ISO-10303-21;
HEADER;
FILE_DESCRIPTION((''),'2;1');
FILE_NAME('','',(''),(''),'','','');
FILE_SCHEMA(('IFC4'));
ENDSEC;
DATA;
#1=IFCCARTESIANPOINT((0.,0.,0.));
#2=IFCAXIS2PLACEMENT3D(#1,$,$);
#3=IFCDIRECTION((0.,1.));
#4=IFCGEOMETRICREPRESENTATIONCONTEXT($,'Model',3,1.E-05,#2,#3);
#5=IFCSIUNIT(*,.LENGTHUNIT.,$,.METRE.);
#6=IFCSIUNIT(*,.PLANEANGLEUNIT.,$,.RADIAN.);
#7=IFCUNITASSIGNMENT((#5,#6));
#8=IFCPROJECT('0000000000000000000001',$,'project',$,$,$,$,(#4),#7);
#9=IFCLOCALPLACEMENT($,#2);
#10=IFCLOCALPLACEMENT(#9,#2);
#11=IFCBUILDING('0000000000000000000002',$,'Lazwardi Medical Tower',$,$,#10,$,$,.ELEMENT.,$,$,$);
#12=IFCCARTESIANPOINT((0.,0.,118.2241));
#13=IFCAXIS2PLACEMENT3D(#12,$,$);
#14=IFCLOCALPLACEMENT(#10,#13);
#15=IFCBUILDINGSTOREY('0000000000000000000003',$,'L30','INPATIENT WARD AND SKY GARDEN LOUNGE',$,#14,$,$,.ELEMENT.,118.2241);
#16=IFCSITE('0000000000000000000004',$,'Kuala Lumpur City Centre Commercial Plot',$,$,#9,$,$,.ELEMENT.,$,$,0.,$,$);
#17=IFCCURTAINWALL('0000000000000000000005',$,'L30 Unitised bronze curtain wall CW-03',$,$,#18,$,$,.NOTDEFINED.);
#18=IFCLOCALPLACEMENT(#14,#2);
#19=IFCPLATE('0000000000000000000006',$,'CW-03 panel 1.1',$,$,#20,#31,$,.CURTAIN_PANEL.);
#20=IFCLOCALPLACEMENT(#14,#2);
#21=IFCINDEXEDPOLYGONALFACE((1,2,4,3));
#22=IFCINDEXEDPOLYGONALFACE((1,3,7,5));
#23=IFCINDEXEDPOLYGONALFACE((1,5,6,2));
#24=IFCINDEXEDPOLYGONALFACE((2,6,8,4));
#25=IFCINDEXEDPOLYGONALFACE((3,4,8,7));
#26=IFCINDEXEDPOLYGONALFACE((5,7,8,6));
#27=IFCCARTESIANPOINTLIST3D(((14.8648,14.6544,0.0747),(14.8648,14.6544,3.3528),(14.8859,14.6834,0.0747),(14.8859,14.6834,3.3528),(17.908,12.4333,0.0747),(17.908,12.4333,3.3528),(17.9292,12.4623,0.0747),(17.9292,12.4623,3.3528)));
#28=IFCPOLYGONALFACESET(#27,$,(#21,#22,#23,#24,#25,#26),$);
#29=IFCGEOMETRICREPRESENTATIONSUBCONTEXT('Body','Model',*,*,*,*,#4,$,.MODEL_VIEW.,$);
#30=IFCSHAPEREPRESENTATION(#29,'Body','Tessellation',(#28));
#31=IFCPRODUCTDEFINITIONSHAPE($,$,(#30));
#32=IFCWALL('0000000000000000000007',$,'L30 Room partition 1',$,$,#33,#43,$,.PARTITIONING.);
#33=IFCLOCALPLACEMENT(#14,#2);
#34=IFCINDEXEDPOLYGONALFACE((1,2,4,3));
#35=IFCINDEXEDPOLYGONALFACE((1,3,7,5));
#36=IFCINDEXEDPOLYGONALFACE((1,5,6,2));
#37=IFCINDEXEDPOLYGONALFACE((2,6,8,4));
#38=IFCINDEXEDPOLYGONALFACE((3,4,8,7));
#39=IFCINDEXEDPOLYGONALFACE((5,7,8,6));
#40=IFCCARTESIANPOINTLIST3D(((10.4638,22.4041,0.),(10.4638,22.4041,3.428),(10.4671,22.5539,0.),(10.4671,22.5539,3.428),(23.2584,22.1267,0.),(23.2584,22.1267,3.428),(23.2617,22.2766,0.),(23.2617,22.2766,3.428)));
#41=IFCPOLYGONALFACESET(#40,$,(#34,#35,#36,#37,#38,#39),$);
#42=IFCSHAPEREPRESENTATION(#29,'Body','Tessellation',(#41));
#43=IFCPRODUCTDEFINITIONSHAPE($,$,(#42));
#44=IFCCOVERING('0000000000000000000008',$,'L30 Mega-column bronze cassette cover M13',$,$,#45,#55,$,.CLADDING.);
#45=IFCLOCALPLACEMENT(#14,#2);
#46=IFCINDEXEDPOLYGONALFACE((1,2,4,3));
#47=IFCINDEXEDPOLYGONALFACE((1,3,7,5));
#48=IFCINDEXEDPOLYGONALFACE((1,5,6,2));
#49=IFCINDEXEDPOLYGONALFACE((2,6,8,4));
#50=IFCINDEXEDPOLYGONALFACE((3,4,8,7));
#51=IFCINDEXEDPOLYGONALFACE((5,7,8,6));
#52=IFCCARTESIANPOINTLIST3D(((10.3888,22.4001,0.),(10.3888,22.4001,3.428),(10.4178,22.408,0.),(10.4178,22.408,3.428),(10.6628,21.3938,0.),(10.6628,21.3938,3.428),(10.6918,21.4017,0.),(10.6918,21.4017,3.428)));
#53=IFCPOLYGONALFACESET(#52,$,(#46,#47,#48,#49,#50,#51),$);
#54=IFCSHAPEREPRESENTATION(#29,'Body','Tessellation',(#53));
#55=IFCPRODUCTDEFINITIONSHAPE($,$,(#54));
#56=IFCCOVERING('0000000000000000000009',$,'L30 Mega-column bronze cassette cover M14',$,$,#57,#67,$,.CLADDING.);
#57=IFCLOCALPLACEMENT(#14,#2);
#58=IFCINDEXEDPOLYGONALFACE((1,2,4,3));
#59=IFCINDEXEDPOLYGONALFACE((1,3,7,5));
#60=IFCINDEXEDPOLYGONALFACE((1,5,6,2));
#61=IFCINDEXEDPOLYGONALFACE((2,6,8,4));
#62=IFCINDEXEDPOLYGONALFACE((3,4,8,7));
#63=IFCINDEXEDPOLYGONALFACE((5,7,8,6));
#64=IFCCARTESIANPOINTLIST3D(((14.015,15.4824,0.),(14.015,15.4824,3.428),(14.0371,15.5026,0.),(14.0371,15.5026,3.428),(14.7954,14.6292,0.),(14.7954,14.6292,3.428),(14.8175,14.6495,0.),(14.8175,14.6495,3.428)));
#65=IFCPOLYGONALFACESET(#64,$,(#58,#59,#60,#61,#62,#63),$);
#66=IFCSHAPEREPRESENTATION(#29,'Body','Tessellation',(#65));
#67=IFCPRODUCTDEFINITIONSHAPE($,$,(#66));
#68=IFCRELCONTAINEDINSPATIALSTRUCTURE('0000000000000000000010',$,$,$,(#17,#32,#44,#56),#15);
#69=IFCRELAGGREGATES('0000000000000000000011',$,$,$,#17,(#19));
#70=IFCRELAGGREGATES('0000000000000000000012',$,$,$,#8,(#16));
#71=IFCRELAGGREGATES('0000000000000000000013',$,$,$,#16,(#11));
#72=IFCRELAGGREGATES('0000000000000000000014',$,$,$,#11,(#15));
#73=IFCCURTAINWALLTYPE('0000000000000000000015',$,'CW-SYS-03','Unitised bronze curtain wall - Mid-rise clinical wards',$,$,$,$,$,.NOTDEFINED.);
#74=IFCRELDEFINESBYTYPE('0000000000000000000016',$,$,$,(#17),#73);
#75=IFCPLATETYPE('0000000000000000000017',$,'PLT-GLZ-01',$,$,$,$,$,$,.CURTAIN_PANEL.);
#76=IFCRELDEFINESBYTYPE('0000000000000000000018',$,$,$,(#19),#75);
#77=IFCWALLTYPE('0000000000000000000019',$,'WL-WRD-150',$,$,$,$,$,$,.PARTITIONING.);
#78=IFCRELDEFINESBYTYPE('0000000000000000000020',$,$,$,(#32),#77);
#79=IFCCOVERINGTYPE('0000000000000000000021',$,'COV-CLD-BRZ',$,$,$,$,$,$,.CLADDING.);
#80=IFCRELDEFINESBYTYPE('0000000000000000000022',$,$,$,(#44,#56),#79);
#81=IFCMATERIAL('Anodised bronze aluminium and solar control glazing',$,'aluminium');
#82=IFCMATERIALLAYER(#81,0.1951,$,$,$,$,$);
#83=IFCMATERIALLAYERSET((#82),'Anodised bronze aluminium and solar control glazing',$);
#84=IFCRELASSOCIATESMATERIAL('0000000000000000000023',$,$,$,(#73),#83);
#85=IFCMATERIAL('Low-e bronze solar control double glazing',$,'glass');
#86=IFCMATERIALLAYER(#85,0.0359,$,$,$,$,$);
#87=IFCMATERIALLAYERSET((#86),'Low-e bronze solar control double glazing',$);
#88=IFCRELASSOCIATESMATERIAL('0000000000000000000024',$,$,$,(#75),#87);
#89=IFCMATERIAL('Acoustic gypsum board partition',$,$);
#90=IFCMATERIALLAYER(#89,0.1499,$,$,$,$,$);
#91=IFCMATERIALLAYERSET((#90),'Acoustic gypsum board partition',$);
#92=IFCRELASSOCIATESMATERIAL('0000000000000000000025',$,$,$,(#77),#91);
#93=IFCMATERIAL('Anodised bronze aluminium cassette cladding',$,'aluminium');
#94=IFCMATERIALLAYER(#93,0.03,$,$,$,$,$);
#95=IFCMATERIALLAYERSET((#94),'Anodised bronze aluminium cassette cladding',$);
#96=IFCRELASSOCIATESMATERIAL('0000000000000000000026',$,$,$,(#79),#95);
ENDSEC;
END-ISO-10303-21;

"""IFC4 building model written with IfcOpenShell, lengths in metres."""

from ifc_helpers import new_model, si_unit, direction, frame, frame_2d, origin, origin_2d, place, context, subcontext, project, spatial, rectangle, extrude, material, layer, layer_set, type_object, element, aggregate, save


model = new_model("IFC4")

# Units and contexts
model_context = context("Model", 3, precision=1e-05, world=origin(), true_north=direction((0.0, 1.0)))
body_context = subcontext(model_context, "Body", "Model", "MODEL_VIEW")
ifc_project = project(units=[si_unit("LENGTHUNIT", "METRE"), si_unit("PLANEANGLEUNIT", "RADIAN")], contexts=[model_context])

# Site, building, storey
site_placement = place(None, origin())
site = spatial("IfcSite", under=ifc_project, at=site_placement, Name="Kuala Lumpur City Centre Commercial Plot", CompositionType="ELEMENT", RefElevation=0.0)
building_placement = place(site_placement, origin())
building = spatial("IfcBuilding", under=site, at=building_placement, Name="Lazwardi Medical Tower", CompositionType="ELEMENT")
storey_placement = place(building_placement, frame((0.0, 0.0, 118.2241)))
storey = spatial("IfcBuildingStorey", under=building, at=storey_placement, Name="L30", Description="INPATIENT WARD AND SKY GARDEN LOUNGE", CompositionType="ELEMENT", Elevation=118.2241)

# Shared definitions
ifc_material_1 = material(Name="Anodised bronze aluminium and solar control glazing", Category="aluminium")
ifc_layer_1 = layer(ifc_material_1, 0.1951)
ifc_layer_set_1 = layer_set([ifc_layer_1], Name="Anodised bronze aluminium and solar control glazing")
curtain_wall_type = type_object("IfcCurtainWallType", Name="CW-SYS-03", Description="Unitised bronze curtain wall - Mid-rise clinical wards", PredefinedType="NOTDEFINED", material=ifc_layer_set_1)

# Curtain wall
curtain_wall_1_placement = place(storey_placement, origin())
curtain_wall_1 = element("IfcCurtainWall", 1, at=curtain_wall_1_placement, inside=storey, type_object=curtain_wall_type, Name="L30 Unitised bronze curtain wall CW-03", PredefinedType="NOTDEFINED")

# Plate
ifc_material_2 = material(Name="Low-e bronze solar control double glazing", Category="glass")
ifc_layer_2 = layer(ifc_material_2, 0.0359)
ifc_layer_set_2 = layer_set([ifc_layer_2], Name="Low-e bronze solar control double glazing")
plate_type = type_object("IfcPlateType", Name="PLT-GLZ-01", PredefinedType="CURTAIN_PANEL", material=ifc_layer_set_2)
plate_1_placement = place(storey_placement, frame((16.397, 13.5583, 0.0747), z_axis=(0.0, 0.0, 1.0), x_axis=(0.807746, -0.589531, 0.0)))
plate_1 = element("IfcPlate", 2, at=plate_1_placement, type_object=plate_type, Name="CW-03 panel 1.1", PredefinedType="CURTAIN_PANEL", context=body_context, shape_type="SweptSolid", body=[
    extrude(rectangle(XDim=3.7676, YDim=0.0359, at=origin_2d()), origin(), (0.0, 0.0, 1.0), 3.2781),
])
aggregate(curtain_wall_1, [plate_1])

# Wall
ifc_material_3 = material(Name="Acoustic gypsum board partition")
ifc_layer_3 = layer(ifc_material_3, 0.1499)
ifc_layer_set_3 = layer_set([ifc_layer_3], Name="Acoustic gypsum board partition")
wall_type = type_object("IfcWallType", Name="WL-WRD-150", PredefinedType="PARTITIONING", material=ifc_layer_set_3)
wall_placement = place(storey_placement, frame((10.4653, 22.479, 0.0), z_axis=(0.0, 0.0, 1.0), x_axis=(0.999765, -0.021671, 0.0)))
element("IfcWall", 3, at=wall_placement, inside=storey, type_object=wall_type, Name="L30 Room partition 1", PredefinedType="PARTITIONING", context=body_context, shape_type="SweptSolid", body=[
    extrude(rectangle(XDim=12.7976, YDim=0.1499, at=frame_2d((6.3989, 0.0))), origin(), (0.0, 0.0, 1.0), 3.428),
])

# Coverings
ifc_material_4 = material(Name="Anodised bronze aluminium cassette cladding", Category="aluminium")
ifc_layer_4 = layer(ifc_material_4, 0.03)
ifc_layer_set_4 = layer_set([ifc_layer_4], Name="Anodised bronze aluminium cassette cladding")
covering_type = type_object("IfcCoveringType", Name="COV-CLD-BRZ", PredefinedType="CLADDING", material=ifc_layer_set_4)
covering_1_placement = place(storey_placement, frame((10.5403, 21.9009, 0.0), z_axis=(0.0, 0.0, 1.0), x_axis=(0.262696, -0.964879, 0.0)))
element("IfcCovering", 4, at=covering_1_placement, inside=storey, type_object=covering_type, Name="L30 Mega-column bronze cassette cover M13", PredefinedType="CLADDING", context=body_context, shape_type="SweptSolid", body=[
    extrude(rectangle(XDim=1.043, YDim=0.03, at=origin_2d()), origin(), (0.0, 0.0, 1.0), 3.428),
])
covering_2_placement = place(storey_placement, frame((14.4163, 15.0659, 0.0), z_axis=(0.0, 0.0, 1.0), x_axis=(0.674926, -0.737885, 0.0)))
element("IfcCovering", 5, at=covering_2_placement, inside=storey, type_object=covering_type, Name="L30 Mega-column bronze cassette cover M14", PredefinedType="CLADDING", context=body_context, shape_type="SweptSolid", body=[
    extrude(rectangle(XDim=1.1562, YDim=0.03, at=origin_2d()), origin(), (0.0, 0.0, 1.0), 3.428),
])

save(model, "model.ifc")
